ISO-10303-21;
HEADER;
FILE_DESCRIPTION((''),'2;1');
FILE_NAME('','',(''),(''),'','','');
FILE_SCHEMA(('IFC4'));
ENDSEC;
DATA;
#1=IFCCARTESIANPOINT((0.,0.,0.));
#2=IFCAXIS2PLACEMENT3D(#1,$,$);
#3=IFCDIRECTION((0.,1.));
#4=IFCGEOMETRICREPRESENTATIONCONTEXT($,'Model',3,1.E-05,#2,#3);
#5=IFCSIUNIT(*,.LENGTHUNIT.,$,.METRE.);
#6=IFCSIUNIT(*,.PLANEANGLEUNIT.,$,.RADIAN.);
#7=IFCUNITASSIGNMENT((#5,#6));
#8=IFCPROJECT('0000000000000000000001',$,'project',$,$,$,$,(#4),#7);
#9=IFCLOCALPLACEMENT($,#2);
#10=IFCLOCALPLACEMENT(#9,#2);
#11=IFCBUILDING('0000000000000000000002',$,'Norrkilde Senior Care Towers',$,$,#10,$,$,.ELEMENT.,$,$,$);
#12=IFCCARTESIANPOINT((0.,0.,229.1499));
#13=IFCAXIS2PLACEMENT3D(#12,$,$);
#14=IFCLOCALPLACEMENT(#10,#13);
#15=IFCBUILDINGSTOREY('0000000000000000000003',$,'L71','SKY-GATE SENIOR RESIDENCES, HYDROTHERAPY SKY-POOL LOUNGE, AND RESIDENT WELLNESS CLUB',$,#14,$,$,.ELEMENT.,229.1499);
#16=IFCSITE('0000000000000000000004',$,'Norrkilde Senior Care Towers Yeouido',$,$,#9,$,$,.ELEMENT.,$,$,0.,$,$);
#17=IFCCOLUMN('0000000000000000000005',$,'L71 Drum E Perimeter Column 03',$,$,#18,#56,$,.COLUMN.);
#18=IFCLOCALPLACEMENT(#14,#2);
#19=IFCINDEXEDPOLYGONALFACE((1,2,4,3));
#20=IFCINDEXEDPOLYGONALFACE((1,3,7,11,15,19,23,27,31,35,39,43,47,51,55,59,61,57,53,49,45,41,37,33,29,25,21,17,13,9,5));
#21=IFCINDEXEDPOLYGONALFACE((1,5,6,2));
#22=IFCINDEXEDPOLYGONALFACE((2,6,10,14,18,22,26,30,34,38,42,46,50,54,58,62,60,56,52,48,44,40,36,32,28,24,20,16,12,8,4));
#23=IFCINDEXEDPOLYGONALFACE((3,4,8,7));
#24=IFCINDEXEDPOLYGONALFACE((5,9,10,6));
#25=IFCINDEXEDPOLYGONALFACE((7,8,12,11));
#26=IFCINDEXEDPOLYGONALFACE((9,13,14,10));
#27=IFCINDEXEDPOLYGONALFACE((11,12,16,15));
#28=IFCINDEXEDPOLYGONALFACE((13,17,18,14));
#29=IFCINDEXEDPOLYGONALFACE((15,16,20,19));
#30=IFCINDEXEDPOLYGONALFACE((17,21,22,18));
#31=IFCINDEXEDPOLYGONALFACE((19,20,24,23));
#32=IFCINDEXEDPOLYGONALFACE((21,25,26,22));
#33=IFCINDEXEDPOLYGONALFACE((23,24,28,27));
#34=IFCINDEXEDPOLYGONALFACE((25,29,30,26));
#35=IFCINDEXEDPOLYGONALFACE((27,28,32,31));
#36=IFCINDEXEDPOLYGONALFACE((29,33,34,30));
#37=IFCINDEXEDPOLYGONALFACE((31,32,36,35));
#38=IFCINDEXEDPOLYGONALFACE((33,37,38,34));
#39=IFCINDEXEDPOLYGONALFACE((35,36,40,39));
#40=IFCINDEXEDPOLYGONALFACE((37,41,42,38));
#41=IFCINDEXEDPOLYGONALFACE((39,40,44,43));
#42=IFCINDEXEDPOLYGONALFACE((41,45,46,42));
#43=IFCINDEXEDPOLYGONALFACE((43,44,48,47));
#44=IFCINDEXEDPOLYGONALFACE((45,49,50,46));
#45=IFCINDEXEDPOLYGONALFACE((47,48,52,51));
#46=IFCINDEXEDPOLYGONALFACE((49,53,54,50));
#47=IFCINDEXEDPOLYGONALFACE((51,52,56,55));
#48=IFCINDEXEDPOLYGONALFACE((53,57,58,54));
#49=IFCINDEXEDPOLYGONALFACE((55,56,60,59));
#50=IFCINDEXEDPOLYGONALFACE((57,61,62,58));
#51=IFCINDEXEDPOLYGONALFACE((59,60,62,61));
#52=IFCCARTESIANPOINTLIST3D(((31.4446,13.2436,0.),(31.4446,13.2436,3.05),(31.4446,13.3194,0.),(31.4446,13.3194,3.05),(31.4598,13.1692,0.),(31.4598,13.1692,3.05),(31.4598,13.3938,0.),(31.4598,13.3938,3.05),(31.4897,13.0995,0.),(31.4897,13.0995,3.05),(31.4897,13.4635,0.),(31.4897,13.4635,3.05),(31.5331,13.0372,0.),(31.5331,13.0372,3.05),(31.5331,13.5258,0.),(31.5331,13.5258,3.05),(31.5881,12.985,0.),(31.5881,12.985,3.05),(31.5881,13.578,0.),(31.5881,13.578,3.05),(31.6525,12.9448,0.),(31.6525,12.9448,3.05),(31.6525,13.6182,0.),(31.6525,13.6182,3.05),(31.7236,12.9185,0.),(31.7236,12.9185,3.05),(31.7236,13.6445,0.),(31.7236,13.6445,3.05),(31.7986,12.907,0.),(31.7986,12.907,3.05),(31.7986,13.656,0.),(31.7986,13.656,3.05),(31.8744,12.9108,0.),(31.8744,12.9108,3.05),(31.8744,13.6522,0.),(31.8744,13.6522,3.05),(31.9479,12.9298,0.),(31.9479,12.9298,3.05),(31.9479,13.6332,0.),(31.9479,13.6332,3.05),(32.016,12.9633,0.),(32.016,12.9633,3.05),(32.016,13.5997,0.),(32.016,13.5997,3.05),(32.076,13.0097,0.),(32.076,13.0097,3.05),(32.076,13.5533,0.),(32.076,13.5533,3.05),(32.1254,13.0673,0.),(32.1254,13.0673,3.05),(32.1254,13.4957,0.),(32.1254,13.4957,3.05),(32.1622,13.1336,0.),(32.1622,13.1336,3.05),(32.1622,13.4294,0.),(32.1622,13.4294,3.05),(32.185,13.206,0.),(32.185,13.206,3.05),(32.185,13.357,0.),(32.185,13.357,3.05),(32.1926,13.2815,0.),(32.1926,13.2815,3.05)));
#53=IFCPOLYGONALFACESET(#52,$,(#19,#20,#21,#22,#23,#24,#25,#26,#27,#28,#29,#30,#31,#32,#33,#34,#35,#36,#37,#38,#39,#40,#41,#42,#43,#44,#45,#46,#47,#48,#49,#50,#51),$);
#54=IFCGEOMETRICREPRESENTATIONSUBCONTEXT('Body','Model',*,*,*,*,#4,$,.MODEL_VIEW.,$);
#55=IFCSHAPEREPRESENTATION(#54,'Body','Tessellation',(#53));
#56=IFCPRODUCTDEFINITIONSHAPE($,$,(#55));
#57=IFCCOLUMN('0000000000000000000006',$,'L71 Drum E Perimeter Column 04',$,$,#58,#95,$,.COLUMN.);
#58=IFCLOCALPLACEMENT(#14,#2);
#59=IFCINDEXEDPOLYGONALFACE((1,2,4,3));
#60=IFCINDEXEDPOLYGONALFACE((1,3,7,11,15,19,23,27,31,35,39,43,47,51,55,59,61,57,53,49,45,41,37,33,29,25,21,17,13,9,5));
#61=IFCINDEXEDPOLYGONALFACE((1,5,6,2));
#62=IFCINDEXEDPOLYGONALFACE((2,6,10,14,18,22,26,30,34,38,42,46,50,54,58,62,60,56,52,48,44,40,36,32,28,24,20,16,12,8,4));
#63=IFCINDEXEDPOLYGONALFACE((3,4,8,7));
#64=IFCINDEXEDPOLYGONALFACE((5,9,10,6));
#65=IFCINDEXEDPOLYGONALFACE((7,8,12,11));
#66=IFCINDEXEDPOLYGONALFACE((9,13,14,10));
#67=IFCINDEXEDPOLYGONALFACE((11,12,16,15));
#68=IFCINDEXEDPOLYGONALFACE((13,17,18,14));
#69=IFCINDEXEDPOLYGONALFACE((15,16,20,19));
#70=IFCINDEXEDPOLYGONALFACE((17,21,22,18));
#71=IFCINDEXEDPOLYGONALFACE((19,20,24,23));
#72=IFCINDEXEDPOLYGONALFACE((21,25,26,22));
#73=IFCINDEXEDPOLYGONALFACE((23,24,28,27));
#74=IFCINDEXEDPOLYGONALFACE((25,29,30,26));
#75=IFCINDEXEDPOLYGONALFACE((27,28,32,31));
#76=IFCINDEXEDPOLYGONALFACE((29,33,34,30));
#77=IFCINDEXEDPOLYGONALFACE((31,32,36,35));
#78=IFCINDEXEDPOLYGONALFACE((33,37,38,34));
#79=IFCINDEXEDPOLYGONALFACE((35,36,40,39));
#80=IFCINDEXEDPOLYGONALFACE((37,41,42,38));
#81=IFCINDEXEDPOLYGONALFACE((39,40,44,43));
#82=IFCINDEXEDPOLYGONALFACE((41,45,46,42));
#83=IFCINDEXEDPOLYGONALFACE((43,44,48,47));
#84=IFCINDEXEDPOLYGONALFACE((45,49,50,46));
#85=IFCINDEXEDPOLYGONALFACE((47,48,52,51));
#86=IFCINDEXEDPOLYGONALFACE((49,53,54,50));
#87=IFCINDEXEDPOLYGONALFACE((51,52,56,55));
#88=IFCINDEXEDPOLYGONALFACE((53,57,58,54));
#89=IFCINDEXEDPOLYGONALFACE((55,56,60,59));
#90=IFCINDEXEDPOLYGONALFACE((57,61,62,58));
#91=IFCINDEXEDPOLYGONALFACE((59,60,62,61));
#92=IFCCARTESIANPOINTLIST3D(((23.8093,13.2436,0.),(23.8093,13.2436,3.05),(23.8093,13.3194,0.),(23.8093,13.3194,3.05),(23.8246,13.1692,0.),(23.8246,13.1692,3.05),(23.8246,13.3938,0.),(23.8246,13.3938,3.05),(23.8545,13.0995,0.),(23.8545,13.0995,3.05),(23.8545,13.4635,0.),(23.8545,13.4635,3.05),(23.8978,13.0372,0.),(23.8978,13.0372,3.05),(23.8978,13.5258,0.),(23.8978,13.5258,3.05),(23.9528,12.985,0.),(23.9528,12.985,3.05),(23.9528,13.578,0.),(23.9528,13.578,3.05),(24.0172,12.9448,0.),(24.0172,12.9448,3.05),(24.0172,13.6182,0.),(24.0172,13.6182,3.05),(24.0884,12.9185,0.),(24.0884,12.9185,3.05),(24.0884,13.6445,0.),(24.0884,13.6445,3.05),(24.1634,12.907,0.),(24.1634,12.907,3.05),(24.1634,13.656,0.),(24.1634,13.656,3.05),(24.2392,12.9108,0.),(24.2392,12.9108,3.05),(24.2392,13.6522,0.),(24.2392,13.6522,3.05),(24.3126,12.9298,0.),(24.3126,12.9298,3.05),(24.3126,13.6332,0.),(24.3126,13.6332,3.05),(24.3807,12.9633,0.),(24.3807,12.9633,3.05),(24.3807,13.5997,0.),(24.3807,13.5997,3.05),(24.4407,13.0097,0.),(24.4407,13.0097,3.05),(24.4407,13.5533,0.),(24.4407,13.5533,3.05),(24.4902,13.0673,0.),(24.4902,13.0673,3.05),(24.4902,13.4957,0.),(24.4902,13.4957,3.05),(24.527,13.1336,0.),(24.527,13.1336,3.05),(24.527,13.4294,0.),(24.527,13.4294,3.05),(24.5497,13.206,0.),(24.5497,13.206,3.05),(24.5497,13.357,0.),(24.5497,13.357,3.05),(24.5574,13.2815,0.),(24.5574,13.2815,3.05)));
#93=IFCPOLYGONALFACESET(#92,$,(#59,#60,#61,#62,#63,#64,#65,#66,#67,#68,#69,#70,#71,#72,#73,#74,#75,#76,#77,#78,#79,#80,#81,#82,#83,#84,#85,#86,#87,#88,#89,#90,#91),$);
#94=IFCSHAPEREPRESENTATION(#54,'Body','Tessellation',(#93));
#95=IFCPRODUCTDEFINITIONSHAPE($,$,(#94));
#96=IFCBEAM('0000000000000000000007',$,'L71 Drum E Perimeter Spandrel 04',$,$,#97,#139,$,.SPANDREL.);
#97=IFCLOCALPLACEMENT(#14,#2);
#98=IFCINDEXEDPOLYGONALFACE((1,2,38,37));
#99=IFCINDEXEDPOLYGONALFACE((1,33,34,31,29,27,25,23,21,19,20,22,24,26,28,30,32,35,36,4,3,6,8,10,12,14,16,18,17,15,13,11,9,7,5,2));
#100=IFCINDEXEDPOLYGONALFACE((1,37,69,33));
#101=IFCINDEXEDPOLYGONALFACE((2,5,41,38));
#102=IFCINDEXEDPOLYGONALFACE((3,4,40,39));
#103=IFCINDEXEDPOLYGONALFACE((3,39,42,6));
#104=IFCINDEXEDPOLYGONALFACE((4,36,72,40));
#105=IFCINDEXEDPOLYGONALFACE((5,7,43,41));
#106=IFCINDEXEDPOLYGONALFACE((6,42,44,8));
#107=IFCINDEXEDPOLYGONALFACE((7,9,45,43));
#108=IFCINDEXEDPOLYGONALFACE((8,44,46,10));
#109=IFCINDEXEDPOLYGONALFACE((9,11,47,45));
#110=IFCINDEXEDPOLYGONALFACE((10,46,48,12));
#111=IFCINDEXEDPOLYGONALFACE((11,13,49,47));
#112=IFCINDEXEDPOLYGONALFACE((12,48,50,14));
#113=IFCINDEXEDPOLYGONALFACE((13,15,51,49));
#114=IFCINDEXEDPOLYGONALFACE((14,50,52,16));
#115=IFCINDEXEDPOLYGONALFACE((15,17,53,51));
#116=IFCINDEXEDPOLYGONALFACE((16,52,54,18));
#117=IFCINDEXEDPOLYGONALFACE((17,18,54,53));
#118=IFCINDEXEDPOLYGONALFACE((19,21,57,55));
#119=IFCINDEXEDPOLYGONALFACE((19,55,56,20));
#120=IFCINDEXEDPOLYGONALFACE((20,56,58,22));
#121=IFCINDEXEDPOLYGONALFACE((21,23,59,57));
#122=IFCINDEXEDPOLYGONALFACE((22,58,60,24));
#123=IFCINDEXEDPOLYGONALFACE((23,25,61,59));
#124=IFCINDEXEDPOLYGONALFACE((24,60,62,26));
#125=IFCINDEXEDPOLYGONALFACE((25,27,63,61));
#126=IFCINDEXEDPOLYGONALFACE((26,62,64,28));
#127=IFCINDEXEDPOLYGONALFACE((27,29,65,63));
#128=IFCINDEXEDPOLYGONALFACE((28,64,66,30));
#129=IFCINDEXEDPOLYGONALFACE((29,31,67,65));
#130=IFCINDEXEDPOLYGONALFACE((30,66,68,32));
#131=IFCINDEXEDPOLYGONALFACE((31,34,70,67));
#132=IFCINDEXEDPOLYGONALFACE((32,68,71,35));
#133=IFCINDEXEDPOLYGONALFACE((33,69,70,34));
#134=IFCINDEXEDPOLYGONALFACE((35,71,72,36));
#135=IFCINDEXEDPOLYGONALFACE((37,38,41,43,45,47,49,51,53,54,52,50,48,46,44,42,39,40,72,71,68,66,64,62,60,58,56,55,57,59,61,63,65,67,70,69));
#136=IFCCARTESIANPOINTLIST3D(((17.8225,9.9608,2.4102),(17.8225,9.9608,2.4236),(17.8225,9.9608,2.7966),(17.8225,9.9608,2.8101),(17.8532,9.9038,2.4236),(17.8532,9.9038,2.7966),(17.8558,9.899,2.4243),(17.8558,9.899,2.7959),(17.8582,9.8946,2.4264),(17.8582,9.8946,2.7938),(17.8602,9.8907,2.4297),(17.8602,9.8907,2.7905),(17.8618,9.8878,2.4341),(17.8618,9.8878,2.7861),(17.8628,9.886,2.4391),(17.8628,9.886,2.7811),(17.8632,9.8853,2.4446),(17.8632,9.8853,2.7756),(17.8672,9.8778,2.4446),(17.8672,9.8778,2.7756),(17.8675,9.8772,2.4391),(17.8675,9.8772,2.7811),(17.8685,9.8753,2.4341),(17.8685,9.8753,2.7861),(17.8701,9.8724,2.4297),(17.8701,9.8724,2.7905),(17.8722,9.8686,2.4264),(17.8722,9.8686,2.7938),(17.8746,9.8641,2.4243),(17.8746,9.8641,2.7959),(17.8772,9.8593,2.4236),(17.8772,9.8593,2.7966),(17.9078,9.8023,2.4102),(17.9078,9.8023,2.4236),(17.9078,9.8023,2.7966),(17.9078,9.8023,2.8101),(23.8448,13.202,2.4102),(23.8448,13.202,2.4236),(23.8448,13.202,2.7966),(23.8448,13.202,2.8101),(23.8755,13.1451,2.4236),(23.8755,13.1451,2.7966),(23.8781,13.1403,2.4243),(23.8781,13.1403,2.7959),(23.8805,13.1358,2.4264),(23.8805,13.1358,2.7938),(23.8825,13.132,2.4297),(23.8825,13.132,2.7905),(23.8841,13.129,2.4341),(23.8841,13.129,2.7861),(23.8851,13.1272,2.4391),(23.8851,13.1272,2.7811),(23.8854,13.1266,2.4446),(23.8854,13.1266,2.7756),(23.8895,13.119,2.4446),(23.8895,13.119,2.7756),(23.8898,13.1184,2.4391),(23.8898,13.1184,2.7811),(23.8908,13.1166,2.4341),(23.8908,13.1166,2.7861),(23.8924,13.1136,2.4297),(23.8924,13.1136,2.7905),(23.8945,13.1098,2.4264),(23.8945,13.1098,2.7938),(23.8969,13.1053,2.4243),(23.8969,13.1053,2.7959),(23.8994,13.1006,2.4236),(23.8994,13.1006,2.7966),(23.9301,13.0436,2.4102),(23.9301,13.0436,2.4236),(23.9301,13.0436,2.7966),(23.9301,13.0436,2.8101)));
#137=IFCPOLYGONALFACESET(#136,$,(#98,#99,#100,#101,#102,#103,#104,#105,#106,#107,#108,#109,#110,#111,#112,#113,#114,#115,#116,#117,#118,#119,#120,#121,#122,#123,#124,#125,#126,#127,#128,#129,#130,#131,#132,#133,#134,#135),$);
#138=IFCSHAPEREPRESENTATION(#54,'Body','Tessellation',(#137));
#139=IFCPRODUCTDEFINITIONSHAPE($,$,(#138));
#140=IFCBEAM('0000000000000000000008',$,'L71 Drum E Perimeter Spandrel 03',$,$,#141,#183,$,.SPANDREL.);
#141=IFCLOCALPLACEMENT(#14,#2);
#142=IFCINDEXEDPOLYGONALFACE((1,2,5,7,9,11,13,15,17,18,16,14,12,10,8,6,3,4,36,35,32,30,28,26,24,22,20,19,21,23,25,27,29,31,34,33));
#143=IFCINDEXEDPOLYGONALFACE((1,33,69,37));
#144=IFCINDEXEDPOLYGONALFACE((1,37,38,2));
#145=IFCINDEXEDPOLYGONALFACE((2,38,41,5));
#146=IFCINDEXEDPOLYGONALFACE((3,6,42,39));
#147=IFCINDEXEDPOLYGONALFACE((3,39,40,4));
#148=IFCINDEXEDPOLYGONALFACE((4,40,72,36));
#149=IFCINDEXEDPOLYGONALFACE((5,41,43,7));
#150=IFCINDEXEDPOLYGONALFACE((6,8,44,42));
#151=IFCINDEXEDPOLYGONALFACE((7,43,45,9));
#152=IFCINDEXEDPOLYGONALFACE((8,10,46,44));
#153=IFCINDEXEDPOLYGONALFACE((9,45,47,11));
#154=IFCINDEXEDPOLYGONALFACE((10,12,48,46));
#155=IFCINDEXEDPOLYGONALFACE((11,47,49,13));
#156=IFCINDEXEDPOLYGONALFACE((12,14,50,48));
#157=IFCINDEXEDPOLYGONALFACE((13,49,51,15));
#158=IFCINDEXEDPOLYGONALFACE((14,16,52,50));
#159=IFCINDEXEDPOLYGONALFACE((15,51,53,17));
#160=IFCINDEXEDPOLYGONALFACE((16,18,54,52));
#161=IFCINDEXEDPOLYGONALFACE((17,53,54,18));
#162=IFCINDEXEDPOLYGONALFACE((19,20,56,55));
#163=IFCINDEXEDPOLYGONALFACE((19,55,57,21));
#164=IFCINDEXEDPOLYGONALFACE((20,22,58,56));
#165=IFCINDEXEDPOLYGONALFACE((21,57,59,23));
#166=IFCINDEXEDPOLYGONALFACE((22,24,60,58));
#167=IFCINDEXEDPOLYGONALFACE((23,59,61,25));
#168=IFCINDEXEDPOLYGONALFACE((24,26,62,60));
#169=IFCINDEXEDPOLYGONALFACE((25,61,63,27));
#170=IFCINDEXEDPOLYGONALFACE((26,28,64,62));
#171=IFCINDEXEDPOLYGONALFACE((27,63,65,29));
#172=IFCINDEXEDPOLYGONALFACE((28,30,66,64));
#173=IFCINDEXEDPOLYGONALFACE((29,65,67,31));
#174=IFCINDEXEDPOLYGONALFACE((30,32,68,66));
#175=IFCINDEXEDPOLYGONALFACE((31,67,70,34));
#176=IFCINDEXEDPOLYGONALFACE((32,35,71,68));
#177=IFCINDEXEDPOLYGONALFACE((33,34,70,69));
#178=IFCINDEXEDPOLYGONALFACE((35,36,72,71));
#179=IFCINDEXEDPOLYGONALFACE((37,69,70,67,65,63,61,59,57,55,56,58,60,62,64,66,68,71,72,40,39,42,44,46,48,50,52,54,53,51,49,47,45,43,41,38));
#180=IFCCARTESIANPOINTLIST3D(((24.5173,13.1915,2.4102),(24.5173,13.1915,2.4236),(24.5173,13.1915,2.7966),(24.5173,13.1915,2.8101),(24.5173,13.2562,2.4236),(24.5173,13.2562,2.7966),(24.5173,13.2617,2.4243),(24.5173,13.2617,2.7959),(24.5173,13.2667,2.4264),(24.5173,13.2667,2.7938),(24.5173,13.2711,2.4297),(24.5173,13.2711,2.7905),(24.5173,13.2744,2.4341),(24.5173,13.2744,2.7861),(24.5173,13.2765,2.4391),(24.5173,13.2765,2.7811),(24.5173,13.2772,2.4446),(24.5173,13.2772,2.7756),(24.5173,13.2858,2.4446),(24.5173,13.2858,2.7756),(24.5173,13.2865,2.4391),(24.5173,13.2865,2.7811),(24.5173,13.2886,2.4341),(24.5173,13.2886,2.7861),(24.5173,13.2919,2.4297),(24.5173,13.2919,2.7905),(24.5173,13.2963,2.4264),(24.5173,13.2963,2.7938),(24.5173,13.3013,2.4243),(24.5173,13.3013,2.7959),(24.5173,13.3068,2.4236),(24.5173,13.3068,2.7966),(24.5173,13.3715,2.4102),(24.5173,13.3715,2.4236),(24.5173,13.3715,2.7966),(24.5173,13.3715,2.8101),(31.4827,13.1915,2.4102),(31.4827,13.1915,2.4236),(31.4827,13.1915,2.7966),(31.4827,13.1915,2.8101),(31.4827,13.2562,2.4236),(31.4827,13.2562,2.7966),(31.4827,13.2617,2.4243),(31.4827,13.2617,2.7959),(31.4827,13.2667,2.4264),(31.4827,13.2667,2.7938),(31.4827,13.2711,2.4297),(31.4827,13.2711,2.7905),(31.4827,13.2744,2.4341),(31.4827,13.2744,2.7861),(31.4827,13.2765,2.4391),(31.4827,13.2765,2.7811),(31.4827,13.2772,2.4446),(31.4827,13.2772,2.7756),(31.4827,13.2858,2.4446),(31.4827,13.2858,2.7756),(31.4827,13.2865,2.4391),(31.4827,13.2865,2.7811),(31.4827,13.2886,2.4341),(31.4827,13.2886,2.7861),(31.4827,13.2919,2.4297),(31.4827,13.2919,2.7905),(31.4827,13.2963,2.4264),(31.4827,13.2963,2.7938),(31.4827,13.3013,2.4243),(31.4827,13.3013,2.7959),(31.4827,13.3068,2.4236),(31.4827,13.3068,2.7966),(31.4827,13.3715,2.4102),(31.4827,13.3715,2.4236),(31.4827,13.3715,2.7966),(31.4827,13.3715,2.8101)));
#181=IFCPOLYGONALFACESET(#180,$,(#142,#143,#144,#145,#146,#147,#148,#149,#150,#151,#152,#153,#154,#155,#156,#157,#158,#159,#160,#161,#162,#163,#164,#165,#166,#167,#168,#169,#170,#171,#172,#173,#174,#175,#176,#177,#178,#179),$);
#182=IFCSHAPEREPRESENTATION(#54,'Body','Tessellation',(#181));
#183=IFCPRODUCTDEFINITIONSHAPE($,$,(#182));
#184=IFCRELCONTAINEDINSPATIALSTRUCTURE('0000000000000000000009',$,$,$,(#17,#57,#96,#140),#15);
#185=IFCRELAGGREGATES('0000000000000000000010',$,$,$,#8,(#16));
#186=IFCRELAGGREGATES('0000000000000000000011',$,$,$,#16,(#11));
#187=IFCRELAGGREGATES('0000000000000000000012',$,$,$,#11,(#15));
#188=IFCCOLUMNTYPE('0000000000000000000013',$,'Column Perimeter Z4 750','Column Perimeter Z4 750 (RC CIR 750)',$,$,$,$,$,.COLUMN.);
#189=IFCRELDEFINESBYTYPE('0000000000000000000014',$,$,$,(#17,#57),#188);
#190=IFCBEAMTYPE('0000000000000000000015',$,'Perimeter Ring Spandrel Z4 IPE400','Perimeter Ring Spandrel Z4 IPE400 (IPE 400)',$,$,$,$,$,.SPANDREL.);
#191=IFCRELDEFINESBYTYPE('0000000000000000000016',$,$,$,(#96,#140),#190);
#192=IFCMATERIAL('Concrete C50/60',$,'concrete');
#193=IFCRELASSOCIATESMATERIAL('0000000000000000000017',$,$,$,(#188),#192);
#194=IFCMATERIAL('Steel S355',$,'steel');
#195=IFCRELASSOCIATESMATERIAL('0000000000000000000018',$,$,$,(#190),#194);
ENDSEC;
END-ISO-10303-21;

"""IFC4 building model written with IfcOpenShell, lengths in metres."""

from ifc_helpers import new_model, si_unit, direction, frame, origin, origin_2d, place, context, subcontext, project, spatial, circle, i_section, extrude, source, transform, mapped, material, material_profile, profile_set, type_object, type_shapes, element, save


model = new_model("IFC4")

# Units and contexts
model_context = context("Model", 3, precision=1e-05, world=origin(), true_north=direction((0.0, 1.0)))
body_context = subcontext(model_context, "Body", "Model", "MODEL_VIEW")
ifc_project = project(units=[si_unit("LENGTHUNIT", "METRE"), si_unit("PLANEANGLEUNIT", "RADIAN")], contexts=[model_context])

# Site, building, storey
site_placement = place(None, origin())
site = spatial("IfcSite", under=ifc_project, at=site_placement, Name="Norrkilde Senior Care Towers Yeouido", CompositionType="ELEMENT", RefElevation=0.0)
building_placement = place(site_placement, origin())
building = spatial("IfcBuilding", under=site, at=building_placement, Name="Norrkilde Senior Care Towers", CompositionType="ELEMENT")
storey_placement = place(building_placement, frame((0.0, 0.0, 229.1499)))
storey = spatial("IfcBuildingStorey", under=building, at=storey_placement, Name="L71", Description="SKY-GATE SENIOR RESIDENCES, HYDROTHERAPY SKY-POOL LOUNGE, AND RESIDENT WELLNESS CLUB", CompositionType="ELEMENT", Elevation=229.1499)

# Columns
ifc_material_1 = material(Name="Concrete C50/60", Category="concrete")
ifc_material_profile_1 = material_profile(ifc_material_1, circle(Radius=0.375, at=origin_2d()), Name="RC CIR 750")
ifc_profile_set_1 = profile_set([ifc_material_profile_1], Name="Concrete C50/60")
column_type = type_object("IfcColumnType", Name="Column Perimeter Z4 750", Description="Column Perimeter Z4 750 (RC CIR 750)", PredefinedType="COLUMN", material=ifc_profile_set_1)
shared_shape_1 = source(origin(), body_context, "Body", "SweptSolid", [
    extrude(circle(Radius=0.375, at=origin_2d()), origin(), (0.0, 0.0, 1.0), 3.05),
])
type_shapes(column_type, [shared_shape_1])
for number, where, z_axis, x_axis, name in (
    (1, (31.8176, 13.2815, 0.0), (0.0, 0.0, 1.0), (1.0, 0.0, 0.0), "L71 Drum E Perimeter Column 03"),
    (2, (24.1824, 13.2815, 0.0), (0.0, 0.0, 1.0), (1.0, 0.0, 0.0), "L71 Drum E Perimeter Column 04"),
):
    element("IfcColumn", number, at=place(storey_placement, frame(where, z_axis=z_axis, x_axis=x_axis)), inside=storey, type_object=column_type, Name=name, PredefinedType="COLUMN", context=body_context, shape_type="MappedRepresentation", body=[
        mapped(shared_shape_1, transform((0.0, 0.0, 0.0), x_axis=(1.0, 0.0, 0.0), y_axis=(0.0, 1.0, 0.0), z_axis=(0.0, 0.0, 1.0), scale=1.0)),
    ])

# Beams
ifc_material_2 = material(Name="Steel S355", Category="steel")
ifc_material_profile_2 = material_profile(ifc_material_2, i_section(OverallWidth=0.1799, OverallDepth=0.3999, WebThickness=0.0085, FlangeThickness=0.0134, FilletRadius=0.021, at=origin_2d()), Name="IPE 400")
ifc_profile_set_2 = profile_set([ifc_material_profile_2], Name="Steel S355")
beam_type_1 = type_object("IfcBeamType", Name="Perimeter Ring Spandrel Z4 IPE400", Description="Perimeter Ring Spandrel Z4 IPE400 (IPE 400)", PredefinedType="SPANDREL", material=ifc_profile_set_2)
shared_shape_2 = source(origin(), body_context, "Body", "SweptSolid", [
    extrude(i_section(OverallWidth=0.1799, OverallDepth=0.3999, WebThickness=0.0085, FlangeThickness=0.0134, FilletRadius=0.021, at=origin_2d()), origin(), (0.0, 0.0, 1.0), 6.8391),
])
beam_1_placement = place(storey_placement, frame((23.8875, 13.1228, 2.6101), z_axis=(-0.880564, -0.473927, 0.0), x_axis=(0.473927, -0.880564, 0.0)))
element("IfcBeam", 3, at=beam_1_placement, inside=storey, type_object=beam_type_1, Name="L71 Drum E Perimeter Spandrel 04", PredefinedType="SPANDREL", context=body_context, shape_type="MappedRepresentation", body=[
    mapped(shared_shape_2, transform((0.0, 0.0, 0.0), x_axis=(1.0, 0.0, 0.0), y_axis=(0.0, 1.0, 0.0), z_axis=(0.0, 0.0, 1.0), scale=1.0)),
])
shared_shape_3 = source(origin(), body_context, "Body", "SweptSolid", [
    extrude(i_section(OverallWidth=0.1799, OverallDepth=0.3999, WebThickness=0.0085, FlangeThickness=0.0134, FilletRadius=0.021, at=origin_2d()), origin(), (0.0, 0.0, 1.0), 6.9653),
])
type_shapes(beam_type_1, [shared_shape_2, shared_shape_3])
beam_2_placement = place(storey_placement, frame((31.4827, 13.2815, 2.6101), z_axis=(-1.0, 0.0, 0.0), x_axis=(0.0, -1.0, 0.0)))
element("IfcBeam", 4, at=beam_2_placement, inside=storey, type_object=beam_type_1, Name="L71 Drum E Perimeter Spandrel 03", PredefinedType="SPANDREL", context=body_context, shape_type="MappedRepresentation", body=[
    mapped(shared_shape_3, transform((0.0, 0.0, 0.0), x_axis=(1.0, 0.0, 0.0), y_axis=(0.0, 1.0, 0.0), z_axis=(0.0, 0.0, 1.0), scale=1.0)),
])

save(model, "model.ifc")
